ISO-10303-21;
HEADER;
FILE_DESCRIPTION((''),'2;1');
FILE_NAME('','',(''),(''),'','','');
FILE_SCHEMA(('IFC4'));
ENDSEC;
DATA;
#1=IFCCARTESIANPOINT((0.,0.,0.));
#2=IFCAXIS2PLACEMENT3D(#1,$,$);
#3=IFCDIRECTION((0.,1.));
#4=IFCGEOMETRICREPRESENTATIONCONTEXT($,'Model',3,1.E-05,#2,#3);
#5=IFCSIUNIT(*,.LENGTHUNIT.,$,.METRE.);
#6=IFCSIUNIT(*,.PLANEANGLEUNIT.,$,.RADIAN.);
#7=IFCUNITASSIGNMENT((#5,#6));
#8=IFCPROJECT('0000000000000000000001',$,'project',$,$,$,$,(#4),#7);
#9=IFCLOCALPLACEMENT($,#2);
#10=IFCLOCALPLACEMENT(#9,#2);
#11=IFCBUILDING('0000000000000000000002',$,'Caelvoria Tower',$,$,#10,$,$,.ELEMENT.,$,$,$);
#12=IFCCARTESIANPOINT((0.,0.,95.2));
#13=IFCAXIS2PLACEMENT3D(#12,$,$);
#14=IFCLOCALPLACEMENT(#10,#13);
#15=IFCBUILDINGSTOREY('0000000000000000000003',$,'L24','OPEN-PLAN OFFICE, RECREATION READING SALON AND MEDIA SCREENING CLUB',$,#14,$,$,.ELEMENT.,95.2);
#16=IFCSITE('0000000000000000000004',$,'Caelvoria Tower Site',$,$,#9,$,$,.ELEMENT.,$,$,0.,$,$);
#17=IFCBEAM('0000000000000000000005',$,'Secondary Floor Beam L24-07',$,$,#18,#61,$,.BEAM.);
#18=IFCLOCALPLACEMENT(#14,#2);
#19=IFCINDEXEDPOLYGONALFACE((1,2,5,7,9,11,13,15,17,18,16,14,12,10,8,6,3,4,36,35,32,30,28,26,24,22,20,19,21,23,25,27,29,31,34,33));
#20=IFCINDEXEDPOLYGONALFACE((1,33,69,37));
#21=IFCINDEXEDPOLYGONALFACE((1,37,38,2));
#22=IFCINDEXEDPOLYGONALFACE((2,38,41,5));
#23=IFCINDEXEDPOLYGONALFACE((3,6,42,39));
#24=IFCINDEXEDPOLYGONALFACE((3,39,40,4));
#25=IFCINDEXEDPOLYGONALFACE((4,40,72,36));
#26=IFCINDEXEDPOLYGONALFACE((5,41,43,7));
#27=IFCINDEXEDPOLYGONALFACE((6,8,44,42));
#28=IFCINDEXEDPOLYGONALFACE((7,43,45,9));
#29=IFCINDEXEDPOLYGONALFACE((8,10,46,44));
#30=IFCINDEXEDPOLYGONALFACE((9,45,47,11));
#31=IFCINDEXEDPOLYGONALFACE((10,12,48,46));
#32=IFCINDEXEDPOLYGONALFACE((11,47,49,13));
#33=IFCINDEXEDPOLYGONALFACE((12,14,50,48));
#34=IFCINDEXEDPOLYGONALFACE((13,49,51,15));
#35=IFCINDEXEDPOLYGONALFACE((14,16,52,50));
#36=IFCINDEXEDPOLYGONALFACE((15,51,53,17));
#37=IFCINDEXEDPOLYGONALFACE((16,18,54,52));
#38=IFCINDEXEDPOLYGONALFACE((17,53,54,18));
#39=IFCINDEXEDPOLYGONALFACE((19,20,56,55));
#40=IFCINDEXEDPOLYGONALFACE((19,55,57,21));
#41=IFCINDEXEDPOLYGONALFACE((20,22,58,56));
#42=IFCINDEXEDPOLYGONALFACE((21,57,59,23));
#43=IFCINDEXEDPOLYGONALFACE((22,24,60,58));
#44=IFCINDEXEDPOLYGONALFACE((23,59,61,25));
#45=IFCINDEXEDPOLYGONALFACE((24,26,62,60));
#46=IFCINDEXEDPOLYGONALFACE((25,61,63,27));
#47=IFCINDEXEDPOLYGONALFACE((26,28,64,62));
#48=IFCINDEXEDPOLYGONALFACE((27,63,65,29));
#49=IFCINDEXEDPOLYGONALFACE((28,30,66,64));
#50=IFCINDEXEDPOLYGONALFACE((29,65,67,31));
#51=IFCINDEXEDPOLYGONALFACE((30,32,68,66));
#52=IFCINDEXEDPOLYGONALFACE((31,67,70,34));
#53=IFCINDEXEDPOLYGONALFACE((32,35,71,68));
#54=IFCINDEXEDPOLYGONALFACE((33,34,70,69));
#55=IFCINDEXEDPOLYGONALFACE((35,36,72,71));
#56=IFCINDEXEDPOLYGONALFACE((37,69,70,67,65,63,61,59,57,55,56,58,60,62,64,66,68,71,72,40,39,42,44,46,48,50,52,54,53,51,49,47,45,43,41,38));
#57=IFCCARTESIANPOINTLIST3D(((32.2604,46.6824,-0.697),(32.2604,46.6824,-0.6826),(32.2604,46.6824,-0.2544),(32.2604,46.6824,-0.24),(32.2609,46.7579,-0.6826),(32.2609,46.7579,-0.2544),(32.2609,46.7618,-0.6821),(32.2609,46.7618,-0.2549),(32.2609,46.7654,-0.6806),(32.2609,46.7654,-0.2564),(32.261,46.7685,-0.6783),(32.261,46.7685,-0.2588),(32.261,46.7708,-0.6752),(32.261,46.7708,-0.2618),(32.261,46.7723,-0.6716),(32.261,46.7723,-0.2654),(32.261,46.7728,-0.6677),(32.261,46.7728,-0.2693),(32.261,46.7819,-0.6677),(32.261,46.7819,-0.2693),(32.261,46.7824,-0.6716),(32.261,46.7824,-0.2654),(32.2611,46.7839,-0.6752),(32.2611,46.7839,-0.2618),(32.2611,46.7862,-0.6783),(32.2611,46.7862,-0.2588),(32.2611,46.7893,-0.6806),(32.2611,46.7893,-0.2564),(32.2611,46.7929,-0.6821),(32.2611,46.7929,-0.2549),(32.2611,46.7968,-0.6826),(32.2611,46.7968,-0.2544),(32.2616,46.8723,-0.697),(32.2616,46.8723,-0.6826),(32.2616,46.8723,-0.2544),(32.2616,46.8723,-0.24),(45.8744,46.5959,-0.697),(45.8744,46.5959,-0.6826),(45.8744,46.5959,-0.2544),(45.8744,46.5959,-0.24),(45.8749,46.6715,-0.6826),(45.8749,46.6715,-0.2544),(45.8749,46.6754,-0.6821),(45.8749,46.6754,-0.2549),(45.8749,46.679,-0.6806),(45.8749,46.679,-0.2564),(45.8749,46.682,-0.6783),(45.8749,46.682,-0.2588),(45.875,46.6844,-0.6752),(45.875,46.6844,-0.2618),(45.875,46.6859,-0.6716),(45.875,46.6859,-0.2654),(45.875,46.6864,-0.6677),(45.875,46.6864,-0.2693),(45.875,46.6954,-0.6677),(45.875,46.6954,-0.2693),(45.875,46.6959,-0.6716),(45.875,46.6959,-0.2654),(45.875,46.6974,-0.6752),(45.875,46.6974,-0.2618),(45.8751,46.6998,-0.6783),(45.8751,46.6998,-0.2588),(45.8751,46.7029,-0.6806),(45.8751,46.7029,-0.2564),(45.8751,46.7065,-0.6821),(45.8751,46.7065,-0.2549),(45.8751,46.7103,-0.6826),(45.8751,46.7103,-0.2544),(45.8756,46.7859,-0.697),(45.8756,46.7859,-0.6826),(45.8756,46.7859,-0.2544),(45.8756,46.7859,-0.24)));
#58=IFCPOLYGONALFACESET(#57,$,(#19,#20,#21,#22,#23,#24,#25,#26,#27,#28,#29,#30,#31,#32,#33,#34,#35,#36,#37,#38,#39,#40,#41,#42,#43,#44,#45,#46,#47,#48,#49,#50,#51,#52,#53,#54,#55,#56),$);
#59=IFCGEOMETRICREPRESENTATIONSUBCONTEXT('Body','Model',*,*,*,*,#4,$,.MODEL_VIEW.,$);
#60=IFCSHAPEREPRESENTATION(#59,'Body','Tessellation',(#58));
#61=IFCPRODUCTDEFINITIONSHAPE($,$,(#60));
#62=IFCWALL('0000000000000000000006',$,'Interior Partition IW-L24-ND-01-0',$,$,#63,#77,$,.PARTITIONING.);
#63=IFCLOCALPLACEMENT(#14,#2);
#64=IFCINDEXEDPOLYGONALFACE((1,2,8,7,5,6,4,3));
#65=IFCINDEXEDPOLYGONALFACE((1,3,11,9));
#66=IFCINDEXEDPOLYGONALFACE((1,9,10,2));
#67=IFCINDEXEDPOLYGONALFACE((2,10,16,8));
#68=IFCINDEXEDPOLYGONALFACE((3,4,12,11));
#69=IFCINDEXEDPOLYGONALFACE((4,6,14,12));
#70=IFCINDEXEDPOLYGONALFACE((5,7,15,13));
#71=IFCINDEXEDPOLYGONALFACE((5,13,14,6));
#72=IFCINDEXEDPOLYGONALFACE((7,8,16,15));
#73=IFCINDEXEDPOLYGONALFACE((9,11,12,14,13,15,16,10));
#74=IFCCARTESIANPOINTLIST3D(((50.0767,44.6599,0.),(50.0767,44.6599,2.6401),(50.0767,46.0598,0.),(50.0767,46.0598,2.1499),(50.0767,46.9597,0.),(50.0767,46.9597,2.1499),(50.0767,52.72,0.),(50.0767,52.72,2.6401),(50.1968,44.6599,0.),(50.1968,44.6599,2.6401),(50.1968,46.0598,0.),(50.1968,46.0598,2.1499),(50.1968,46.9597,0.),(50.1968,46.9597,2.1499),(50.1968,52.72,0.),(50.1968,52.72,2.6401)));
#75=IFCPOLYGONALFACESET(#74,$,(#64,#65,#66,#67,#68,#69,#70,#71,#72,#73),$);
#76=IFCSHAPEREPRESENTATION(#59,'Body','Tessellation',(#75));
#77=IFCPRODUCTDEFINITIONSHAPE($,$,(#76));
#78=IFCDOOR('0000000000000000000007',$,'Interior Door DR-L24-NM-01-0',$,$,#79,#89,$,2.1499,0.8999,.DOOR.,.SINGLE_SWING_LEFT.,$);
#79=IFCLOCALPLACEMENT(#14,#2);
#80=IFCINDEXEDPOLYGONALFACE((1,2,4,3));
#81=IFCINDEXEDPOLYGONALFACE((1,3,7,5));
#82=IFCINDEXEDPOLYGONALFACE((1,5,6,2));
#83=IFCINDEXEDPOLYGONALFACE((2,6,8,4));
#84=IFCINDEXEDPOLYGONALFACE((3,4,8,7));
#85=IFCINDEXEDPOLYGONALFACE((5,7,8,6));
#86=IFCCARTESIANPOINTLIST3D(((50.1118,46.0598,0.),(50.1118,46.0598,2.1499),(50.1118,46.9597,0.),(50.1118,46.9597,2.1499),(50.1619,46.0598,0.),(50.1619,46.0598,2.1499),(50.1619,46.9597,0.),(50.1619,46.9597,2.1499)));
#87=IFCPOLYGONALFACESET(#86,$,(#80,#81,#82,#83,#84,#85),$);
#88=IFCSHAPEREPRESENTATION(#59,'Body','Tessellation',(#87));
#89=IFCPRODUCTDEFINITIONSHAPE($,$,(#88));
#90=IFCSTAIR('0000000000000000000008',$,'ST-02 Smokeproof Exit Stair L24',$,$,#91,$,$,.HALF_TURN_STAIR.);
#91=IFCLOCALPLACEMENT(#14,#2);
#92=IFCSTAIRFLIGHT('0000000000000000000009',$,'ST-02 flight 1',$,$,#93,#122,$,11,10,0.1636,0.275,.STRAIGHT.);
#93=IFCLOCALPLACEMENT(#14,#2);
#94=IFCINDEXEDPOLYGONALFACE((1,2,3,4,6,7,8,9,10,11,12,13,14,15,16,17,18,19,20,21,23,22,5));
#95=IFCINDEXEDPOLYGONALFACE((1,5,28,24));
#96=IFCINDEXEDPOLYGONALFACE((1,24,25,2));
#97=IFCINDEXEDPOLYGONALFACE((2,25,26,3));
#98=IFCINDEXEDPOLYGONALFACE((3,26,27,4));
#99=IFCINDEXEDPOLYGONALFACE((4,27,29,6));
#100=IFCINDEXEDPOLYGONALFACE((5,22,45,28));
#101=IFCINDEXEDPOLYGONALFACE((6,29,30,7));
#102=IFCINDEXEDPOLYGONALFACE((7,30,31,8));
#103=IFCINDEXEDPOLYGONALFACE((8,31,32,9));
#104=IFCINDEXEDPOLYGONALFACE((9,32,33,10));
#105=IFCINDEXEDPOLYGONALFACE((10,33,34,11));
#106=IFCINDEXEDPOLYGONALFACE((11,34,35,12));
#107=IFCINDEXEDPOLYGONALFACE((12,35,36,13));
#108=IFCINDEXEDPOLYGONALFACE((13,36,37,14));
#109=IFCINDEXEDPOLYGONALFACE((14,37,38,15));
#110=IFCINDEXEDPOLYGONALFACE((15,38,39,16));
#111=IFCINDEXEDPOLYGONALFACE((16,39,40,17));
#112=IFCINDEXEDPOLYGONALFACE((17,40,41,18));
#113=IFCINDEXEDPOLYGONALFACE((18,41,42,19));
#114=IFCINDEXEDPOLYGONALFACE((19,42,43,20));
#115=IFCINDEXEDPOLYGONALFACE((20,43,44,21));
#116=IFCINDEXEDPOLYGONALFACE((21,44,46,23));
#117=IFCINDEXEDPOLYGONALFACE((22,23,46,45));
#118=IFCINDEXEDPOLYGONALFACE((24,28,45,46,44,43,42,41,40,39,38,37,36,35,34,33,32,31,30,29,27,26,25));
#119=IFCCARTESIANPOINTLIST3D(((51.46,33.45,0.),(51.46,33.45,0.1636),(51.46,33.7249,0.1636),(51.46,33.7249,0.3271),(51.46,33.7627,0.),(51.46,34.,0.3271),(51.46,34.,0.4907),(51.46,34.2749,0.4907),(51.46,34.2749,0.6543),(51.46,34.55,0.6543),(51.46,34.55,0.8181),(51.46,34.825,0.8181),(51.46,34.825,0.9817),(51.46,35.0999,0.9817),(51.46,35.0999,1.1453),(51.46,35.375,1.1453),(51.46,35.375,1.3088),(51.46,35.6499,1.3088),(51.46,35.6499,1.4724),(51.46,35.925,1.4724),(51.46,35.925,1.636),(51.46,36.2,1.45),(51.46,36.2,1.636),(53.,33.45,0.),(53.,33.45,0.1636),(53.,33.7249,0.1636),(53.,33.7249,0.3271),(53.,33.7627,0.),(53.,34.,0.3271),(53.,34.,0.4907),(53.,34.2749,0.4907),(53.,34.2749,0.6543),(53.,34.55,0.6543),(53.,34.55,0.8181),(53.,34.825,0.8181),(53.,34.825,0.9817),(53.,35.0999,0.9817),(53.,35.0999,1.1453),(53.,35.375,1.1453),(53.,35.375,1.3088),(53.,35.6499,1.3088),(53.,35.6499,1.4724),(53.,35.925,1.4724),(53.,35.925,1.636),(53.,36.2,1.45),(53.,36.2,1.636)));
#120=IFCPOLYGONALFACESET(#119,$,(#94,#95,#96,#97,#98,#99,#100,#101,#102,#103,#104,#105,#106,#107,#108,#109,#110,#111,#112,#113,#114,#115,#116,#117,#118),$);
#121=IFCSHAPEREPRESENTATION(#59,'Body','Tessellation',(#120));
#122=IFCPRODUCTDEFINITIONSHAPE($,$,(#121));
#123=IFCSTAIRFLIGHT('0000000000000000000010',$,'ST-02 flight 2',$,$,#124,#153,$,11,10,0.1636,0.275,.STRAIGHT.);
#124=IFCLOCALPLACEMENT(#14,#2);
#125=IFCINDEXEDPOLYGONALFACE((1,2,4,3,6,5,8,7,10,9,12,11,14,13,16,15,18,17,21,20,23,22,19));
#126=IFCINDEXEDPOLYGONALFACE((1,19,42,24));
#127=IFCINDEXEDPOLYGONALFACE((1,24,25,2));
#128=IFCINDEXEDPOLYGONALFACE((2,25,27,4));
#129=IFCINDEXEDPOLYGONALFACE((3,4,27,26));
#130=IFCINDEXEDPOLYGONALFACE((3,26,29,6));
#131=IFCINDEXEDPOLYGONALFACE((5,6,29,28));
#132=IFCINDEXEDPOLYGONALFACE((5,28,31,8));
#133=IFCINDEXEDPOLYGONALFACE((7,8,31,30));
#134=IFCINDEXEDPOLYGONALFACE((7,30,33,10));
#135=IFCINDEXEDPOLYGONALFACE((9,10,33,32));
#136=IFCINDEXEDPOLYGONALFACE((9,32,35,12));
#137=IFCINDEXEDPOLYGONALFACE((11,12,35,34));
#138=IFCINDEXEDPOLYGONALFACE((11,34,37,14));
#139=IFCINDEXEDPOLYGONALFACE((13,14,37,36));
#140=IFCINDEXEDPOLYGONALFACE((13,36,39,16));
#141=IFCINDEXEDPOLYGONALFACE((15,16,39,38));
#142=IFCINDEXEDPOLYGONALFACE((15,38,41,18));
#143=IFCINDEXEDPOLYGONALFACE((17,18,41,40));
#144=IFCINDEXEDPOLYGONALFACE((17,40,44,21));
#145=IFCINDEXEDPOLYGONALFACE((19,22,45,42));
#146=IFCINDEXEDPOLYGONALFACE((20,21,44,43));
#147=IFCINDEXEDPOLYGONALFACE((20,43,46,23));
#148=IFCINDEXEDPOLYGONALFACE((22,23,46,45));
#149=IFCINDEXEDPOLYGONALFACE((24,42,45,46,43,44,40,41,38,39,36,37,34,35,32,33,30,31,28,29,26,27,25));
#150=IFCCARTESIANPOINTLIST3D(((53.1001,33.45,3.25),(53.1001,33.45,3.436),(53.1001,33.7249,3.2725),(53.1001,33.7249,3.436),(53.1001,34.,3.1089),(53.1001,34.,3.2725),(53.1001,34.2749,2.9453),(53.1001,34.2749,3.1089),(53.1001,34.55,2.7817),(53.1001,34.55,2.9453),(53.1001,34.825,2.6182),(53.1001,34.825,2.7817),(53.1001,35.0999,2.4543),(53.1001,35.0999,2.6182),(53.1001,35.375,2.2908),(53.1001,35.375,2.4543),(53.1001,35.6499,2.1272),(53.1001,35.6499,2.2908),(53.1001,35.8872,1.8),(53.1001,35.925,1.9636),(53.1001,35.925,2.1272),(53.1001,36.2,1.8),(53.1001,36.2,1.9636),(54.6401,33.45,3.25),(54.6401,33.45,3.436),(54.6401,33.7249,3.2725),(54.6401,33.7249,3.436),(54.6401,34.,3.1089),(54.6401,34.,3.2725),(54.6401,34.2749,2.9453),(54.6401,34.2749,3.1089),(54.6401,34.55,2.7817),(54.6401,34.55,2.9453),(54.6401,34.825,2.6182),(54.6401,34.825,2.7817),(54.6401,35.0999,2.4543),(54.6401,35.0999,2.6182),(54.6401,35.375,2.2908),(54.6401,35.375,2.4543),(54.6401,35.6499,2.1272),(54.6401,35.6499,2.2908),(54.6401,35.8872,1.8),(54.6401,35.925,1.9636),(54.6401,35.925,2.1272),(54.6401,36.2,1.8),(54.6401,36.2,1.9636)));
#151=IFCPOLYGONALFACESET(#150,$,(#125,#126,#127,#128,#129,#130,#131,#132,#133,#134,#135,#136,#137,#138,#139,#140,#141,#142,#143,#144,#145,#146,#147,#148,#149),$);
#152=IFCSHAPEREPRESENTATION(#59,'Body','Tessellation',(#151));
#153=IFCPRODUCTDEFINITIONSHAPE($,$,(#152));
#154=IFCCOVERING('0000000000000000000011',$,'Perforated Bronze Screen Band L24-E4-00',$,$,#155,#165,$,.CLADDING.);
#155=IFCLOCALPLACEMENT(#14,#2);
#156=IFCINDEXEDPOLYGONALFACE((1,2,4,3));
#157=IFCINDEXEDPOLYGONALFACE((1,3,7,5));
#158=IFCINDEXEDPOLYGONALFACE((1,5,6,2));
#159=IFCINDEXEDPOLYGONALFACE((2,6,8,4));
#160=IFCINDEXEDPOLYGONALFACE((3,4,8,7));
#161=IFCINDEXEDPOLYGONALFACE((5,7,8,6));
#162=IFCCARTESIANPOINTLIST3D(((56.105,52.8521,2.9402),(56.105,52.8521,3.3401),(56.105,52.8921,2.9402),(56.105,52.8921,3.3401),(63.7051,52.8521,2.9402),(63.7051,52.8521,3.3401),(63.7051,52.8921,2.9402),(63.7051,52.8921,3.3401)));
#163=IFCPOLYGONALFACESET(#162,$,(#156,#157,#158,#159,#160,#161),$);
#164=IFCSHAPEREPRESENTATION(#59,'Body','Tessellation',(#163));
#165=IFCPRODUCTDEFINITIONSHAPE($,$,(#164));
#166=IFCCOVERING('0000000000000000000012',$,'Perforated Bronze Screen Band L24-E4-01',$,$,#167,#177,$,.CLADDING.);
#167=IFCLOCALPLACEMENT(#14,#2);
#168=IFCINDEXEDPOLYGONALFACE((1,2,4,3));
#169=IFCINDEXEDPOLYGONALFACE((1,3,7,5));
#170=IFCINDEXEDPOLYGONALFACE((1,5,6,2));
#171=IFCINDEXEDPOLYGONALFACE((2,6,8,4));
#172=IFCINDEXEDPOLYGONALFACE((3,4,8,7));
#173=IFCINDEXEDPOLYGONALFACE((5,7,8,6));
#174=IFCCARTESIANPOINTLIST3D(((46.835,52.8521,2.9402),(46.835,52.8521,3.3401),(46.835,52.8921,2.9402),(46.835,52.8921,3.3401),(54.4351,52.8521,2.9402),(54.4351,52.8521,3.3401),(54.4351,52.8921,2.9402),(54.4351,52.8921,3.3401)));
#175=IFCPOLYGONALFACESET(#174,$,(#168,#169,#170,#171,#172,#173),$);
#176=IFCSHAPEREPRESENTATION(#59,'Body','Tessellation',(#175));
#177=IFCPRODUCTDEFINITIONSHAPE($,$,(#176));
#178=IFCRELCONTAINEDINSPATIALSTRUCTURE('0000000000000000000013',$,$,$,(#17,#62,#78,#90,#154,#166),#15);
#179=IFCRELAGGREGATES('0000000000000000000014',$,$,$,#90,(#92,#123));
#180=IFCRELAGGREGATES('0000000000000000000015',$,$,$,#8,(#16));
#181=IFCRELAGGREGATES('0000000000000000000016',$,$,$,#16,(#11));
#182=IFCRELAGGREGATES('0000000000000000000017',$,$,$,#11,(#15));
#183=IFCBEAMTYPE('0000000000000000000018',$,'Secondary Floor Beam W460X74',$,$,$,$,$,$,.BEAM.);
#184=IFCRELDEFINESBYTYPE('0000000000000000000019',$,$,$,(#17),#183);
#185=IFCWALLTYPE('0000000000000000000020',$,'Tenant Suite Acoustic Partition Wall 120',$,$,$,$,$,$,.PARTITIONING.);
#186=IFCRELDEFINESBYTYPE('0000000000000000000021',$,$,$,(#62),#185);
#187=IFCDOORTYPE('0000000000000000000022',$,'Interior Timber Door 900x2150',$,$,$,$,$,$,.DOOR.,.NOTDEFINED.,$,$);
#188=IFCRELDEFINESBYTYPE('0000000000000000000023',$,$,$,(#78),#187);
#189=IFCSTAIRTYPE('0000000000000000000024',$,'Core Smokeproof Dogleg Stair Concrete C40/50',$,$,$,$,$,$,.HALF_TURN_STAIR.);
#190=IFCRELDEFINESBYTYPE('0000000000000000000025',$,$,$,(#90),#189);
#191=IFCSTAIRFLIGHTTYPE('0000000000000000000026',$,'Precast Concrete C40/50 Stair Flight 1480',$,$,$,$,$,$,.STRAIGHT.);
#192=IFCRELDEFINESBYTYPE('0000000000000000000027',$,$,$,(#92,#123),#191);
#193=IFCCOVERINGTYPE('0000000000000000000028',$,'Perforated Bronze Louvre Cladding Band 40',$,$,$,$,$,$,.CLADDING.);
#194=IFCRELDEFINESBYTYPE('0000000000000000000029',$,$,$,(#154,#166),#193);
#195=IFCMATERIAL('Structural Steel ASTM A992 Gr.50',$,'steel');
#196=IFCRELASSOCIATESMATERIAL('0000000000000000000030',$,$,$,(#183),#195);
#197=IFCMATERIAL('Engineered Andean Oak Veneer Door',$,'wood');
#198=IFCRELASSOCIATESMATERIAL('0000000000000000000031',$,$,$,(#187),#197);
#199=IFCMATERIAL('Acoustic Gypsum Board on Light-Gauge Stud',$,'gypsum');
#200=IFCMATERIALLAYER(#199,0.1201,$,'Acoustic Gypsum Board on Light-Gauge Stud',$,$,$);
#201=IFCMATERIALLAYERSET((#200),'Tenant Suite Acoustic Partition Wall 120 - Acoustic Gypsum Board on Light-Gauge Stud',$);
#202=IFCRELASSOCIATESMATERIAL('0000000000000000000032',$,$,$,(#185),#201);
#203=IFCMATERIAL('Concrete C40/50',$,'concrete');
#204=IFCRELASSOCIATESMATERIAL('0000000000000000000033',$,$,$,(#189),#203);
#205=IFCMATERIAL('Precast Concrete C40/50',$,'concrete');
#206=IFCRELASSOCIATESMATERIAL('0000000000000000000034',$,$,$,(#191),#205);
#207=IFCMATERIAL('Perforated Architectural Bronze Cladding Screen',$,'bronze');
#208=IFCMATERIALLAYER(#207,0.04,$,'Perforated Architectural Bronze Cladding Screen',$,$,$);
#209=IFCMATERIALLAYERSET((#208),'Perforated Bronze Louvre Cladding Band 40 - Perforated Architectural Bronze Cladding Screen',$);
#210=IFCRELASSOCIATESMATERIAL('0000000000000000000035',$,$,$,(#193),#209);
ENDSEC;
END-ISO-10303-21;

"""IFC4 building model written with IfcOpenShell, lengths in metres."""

from ifc_helpers import new_model, si_unit, direction, frame, frame_2d, origin, origin_2d, place, context, subcontext, project, spatial, polyline, rectangle, i_section, outline, extrude, material, layer, layer_set, material_profile, profile_set, type_object, element, fill, aggregate, save


model = new_model("IFC4")

# Units and contexts
model_context = context("Model", 3, precision=1e-05, world=origin(), true_north=direction((0.0, 1.0)))
body_context = subcontext(model_context, "Body", "Model", "MODEL_VIEW")
ifc_project = project(units=[si_unit("LENGTHUNIT", "METRE"), si_unit("PLANEANGLEUNIT", "RADIAN")], contexts=[model_context])

# Site, building, storey
site_placement = place(None, origin())
site = spatial("IfcSite", under=ifc_project, at=site_placement, Name="Caelvoria Tower Site", CompositionType="ELEMENT", RefElevation=0.0)
building_placement = place(site_placement, origin())
building = spatial("IfcBuilding", under=site, at=building_placement, Name="Caelvoria Tower", CompositionType="ELEMENT")
storey_placement = place(building_placement, frame((0.0, 0.0, 95.2)))
storey = spatial("IfcBuildingStorey", under=building, at=storey_placement, Name="L24", Description="OPEN-PLAN OFFICE, RECREATION READING SALON AND MEDIA SCREENING CLUB", CompositionType="ELEMENT", Elevation=95.2)

# Beam
ifc_material_1 = material(Name="Structural Steel ASTM A992 Gr.50", Category="steel")
ifc_material_profile_1 = material_profile(ifc_material_1, i_section(OverallWidth=0.1899, OverallDepth=0.457, WebThickness=0.009, FlangeThickness=0.0144, FilletRadius=0.0149, at=origin_2d()), Name="Structural Steel ASTM A992 Gr.50")
ifc_profile_set_1 = profile_set([ifc_material_profile_1], Name="W460X74 - Structural Steel ASTM A992 Gr.50")
beam_type_1 = type_object("IfcBeamType", Name="Secondary Floor Beam W460X74", PredefinedType="BEAM", material=ifc_profile_set_1)
for number, where, z_axis, x_axis, name in (
    (1, (45.875, 46.6909, -0.4685), (-0.99998, 0.006348, 0.0), (-0.006348, -0.99998, 0.0), "Secondary Floor Beam L24-07"),
):
    element("IfcBeam", number, at=place(storey_placement, frame(where, z_axis=z_axis, x_axis=x_axis)), inside=storey, type_object=beam_type_1, Name=name, PredefinedType="BEAM", context=body_context, shape_type="SweptSolid", body=[
        extrude(i_section(OverallWidth=0.1899, OverallDepth=0.457, WebThickness=0.009, FlangeThickness=0.0144, FilletRadius=0.0149, at=origin_2d()), origin(), (0.0, 0.0, 1.0), 13.6143),
    ])

# Wall, opening, door
ifc_material_2 = material(Name="Engineered Andean Oak Veneer Door", Category="wood")
door_type_1 = type_object("IfcDoorType", Name="Interior Timber Door 900x2150", OperationType="NOTDEFINED", PredefinedType="DOOR", material=ifc_material_2)
ifc_material_3 = material(Name="Acoustic Gypsum Board on Light-Gauge Stud", Category="gypsum")
ifc_layer_1 = layer(ifc_material_3, 0.1201, Name="Acoustic Gypsum Board on Light-Gauge Stud")
ifc_layer_set_1 = layer_set([ifc_layer_1], Name="Tenant Suite Acoustic Partition Wall 120 - Acoustic Gypsum Board on Light-Gauge Stud")
wall_type_1 = type_object("IfcWallType", Name="Tenant Suite Acoustic Partition Wall 120", PredefinedType="PARTITIONING", material=ifc_layer_set_1)
wall_1_placement = place(storey_placement, frame((50.1367, 44.6599, 0.0), z_axis=(0.0, 0.0, 1.0), x_axis=(0.0, 1.0, 0.0)))
wall_1 = element("IfcWall", 2, at=wall_1_placement, inside=storey, type_object=wall_type_1, Name="Interior Partition IW-L24-ND-01-0", PredefinedType="PARTITIONING", context=body_context, shape_type="SweptSolid", body=[
    extrude(rectangle(XDim=8.0601, YDim=0.1201, at=frame_2d((4.03, 0.0))), origin(), (0.0, 0.0, 1.0), 2.6401),
])
opening_1_placement = place(wall_1_placement, frame((1.3999, 0.0, 0.0)))
opening_1 = element("IfcOpeningElement", 3, at=opening_1_placement, cuts=wall_1, PredefinedType="OPENING", context=body_context, shape_type="SweptSolid", body=[
    extrude(rectangle(XDim=0.8999, YDim=2.1499, at=frame_2d((0.45, 1.075))), frame((0.0, 0.0701, 0.0), z_axis=(0.0, -1.0, 0.0), x_axis=(1.0, 0.0, 0.0)), (0.0, 0.0, 1.0), 0.1401),
])
door_1_placement = place(opening_1_placement, origin())
door_1 = element("IfcDoor", 4, at=door_1_placement, inside=storey, type_object=door_type_1, Name="Interior Door DR-L24-NM-01-0", OperationType="SINGLE_SWING_LEFT", OverallHeight=2.1499, OverallWidth=0.8999, PredefinedType="DOOR", context=body_context, shape_type="SweptSolid", body=[
    extrude(rectangle(XDim=0.8999, YDim=2.1499, at=frame_2d((0.45, 1.075))), frame((0.0, 0.0249, 0.0), z_axis=(0.0, -1.0, 0.0), x_axis=(1.0, 0.0, 0.0)), (0.0, 0.0, 1.0), 0.05),
])
fill(opening_1, door_1)

# Stair, stair flights
ifc_material_4 = material(Name="Concrete C40/50", Category="concrete")
stair_type = type_object("IfcStairType", Name="Core Smokeproof Dogleg Stair Concrete C40/50", PredefinedType="HALF_TURN_STAIR", material=ifc_material_4)
stair_placement = place(storey_placement, origin())
stair = element("IfcStair", 5, at=stair_placement, inside=storey, type_object=stair_type, Name="ST-02 Smokeproof Exit Stair L24", PredefinedType="HALF_TURN_STAIR")
ifc_material_5 = material(Name="Precast Concrete C40/50", Category="concrete")
stair_flight_type = type_object("IfcStairFlightType", Name="Precast Concrete C40/50 Stair Flight 1480", PredefinedType="STRAIGHT", material=ifc_material_5)
stair_flight_1_placement = place(storey_placement, frame((52.23, 33.45, 0.0), z_axis=(0.0, 0.0, 1.0), x_axis=(0.0, 1.0, 0.0)))
stair_flight_1 = element("IfcStairFlight", 6, at=stair_flight_1_placement, type_object=stair_flight_type, Name="ST-02 flight 1", NumberOfRisers=11, NumberOfTreads=10, PredefinedType="STRAIGHT", RiserHeight=0.1636, TreadLength=0.275, context=body_context, shape_type="SweptSolid", body=[
    extrude(outline(polyline([(0.0, 0.0), (0.0, 0.1636), (0.2749, 0.1636), (0.2749, 0.3271), (0.55, 0.3271), (0.55, 0.4907), (0.825, 0.4907), (0.825, 0.6543), (1.1001, 0.6543), (1.1001, 0.8181), (1.375, 0.8181), (1.375, 0.9817), (1.6499, 0.9817), (1.6499, 1.1453), (1.925, 1.1453), (1.925, 1.3088), (2.2, 1.3088), (2.2, 1.4724), (2.4751, 1.4724), (2.4751, 1.636), (2.75, 1.636), (2.75, 1.7996), (2.75, 1.45), (0.3127, 0.0), (0.0, 0.0)])), frame((0.0, 0.77, 0.0), z_axis=(0.0, -1.0, 0.0), x_axis=(1.0, 0.0, 0.0)), (0.0, 0.0, 1.0), 1.54),
])
stair_flight_2_placement = place(storey_placement, frame((53.8701, 36.2, 1.8), z_axis=(0.0, 0.0, 1.0), x_axis=(0.0, -1.0, 0.0)))
stair_flight_2 = element("IfcStairFlight", 7, at=stair_flight_2_placement, type_object=stair_flight_type, Name="ST-02 flight 2", NumberOfRisers=11, NumberOfTreads=10, PredefinedType="STRAIGHT", RiserHeight=0.1636, TreadLength=0.275, context=body_context, shape_type="SweptSolid", body=[
    extrude(outline(polyline([(0.0, 0.0), (0.0, 0.1636), (0.2749, 0.1636), (0.2749, 0.3271), (0.55, 0.3271), (0.55, 0.4907), (0.825, 0.4907), (0.825, 0.6543), (1.1001, 0.6543), (1.1001, 0.8181), (1.375, 0.8181), (1.375, 0.9817), (1.6499, 0.9817), (1.6499, 1.1453), (1.925, 1.1453), (1.925, 1.3088), (2.2, 1.3088), (2.2, 1.4724), (2.4751, 1.4724), (2.4751, 1.636), (2.75, 1.636), (2.75, 1.7996), (2.75, 1.45), (0.3127, 0.0), (0.0, 0.0)])), frame((0.0, 0.77, 0.0), z_axis=(0.0, -1.0, 0.0), x_axis=(1.0, 0.0, 0.0)), (0.0, 0.0, 1.0), 1.54),
])
aggregate(stair, [stair_flight_1, stair_flight_2])

# Coverings
ifc_material_6 = material(Name="Perforated Architectural Bronze Cladding Screen", Category="bronze")
ifc_layer_2 = layer(ifc_material_6, 0.04, Name="Perforated Architectural Bronze Cladding Screen")
ifc_layer_set_2 = layer_set([ifc_layer_2], Name="Perforated Bronze Louvre Cladding Band 40 - Perforated Architectural Bronze Cladding Screen")
covering_type = type_object("IfcCoveringType", Name="Perforated Bronze Louvre Cladding Band 40", PredefinedType="CLADDING", material=ifc_layer_set_2)
for number, where, z_axis, x_axis, name in (
    (8, (59.905, 52.8721, 2.9402), (0.0, 0.0, 1.0), (-1.0, 0.0, 0.0), "Perforated Bronze Screen Band L24-E4-00"),
    (9, (50.635, 52.8721, 2.9402), (0.0, 0.0, 1.0), (-1.0, 0.0, 0.0), "Perforated Bronze Screen Band L24-E4-01"),
):
    element("IfcCovering", number, at=place(storey_placement, frame(where, z_axis=z_axis, x_axis=x_axis)), inside=storey, type_object=covering_type, Name=name, PredefinedType="CLADDING", context=body_context, shape_type="SweptSolid", body=[
        extrude(rectangle(XDim=7.6001, YDim=0.04, at=origin_2d()), origin(), (0.0, 0.0, 1.0), 0.3999),
    ])

save(model, "model.ifc")
